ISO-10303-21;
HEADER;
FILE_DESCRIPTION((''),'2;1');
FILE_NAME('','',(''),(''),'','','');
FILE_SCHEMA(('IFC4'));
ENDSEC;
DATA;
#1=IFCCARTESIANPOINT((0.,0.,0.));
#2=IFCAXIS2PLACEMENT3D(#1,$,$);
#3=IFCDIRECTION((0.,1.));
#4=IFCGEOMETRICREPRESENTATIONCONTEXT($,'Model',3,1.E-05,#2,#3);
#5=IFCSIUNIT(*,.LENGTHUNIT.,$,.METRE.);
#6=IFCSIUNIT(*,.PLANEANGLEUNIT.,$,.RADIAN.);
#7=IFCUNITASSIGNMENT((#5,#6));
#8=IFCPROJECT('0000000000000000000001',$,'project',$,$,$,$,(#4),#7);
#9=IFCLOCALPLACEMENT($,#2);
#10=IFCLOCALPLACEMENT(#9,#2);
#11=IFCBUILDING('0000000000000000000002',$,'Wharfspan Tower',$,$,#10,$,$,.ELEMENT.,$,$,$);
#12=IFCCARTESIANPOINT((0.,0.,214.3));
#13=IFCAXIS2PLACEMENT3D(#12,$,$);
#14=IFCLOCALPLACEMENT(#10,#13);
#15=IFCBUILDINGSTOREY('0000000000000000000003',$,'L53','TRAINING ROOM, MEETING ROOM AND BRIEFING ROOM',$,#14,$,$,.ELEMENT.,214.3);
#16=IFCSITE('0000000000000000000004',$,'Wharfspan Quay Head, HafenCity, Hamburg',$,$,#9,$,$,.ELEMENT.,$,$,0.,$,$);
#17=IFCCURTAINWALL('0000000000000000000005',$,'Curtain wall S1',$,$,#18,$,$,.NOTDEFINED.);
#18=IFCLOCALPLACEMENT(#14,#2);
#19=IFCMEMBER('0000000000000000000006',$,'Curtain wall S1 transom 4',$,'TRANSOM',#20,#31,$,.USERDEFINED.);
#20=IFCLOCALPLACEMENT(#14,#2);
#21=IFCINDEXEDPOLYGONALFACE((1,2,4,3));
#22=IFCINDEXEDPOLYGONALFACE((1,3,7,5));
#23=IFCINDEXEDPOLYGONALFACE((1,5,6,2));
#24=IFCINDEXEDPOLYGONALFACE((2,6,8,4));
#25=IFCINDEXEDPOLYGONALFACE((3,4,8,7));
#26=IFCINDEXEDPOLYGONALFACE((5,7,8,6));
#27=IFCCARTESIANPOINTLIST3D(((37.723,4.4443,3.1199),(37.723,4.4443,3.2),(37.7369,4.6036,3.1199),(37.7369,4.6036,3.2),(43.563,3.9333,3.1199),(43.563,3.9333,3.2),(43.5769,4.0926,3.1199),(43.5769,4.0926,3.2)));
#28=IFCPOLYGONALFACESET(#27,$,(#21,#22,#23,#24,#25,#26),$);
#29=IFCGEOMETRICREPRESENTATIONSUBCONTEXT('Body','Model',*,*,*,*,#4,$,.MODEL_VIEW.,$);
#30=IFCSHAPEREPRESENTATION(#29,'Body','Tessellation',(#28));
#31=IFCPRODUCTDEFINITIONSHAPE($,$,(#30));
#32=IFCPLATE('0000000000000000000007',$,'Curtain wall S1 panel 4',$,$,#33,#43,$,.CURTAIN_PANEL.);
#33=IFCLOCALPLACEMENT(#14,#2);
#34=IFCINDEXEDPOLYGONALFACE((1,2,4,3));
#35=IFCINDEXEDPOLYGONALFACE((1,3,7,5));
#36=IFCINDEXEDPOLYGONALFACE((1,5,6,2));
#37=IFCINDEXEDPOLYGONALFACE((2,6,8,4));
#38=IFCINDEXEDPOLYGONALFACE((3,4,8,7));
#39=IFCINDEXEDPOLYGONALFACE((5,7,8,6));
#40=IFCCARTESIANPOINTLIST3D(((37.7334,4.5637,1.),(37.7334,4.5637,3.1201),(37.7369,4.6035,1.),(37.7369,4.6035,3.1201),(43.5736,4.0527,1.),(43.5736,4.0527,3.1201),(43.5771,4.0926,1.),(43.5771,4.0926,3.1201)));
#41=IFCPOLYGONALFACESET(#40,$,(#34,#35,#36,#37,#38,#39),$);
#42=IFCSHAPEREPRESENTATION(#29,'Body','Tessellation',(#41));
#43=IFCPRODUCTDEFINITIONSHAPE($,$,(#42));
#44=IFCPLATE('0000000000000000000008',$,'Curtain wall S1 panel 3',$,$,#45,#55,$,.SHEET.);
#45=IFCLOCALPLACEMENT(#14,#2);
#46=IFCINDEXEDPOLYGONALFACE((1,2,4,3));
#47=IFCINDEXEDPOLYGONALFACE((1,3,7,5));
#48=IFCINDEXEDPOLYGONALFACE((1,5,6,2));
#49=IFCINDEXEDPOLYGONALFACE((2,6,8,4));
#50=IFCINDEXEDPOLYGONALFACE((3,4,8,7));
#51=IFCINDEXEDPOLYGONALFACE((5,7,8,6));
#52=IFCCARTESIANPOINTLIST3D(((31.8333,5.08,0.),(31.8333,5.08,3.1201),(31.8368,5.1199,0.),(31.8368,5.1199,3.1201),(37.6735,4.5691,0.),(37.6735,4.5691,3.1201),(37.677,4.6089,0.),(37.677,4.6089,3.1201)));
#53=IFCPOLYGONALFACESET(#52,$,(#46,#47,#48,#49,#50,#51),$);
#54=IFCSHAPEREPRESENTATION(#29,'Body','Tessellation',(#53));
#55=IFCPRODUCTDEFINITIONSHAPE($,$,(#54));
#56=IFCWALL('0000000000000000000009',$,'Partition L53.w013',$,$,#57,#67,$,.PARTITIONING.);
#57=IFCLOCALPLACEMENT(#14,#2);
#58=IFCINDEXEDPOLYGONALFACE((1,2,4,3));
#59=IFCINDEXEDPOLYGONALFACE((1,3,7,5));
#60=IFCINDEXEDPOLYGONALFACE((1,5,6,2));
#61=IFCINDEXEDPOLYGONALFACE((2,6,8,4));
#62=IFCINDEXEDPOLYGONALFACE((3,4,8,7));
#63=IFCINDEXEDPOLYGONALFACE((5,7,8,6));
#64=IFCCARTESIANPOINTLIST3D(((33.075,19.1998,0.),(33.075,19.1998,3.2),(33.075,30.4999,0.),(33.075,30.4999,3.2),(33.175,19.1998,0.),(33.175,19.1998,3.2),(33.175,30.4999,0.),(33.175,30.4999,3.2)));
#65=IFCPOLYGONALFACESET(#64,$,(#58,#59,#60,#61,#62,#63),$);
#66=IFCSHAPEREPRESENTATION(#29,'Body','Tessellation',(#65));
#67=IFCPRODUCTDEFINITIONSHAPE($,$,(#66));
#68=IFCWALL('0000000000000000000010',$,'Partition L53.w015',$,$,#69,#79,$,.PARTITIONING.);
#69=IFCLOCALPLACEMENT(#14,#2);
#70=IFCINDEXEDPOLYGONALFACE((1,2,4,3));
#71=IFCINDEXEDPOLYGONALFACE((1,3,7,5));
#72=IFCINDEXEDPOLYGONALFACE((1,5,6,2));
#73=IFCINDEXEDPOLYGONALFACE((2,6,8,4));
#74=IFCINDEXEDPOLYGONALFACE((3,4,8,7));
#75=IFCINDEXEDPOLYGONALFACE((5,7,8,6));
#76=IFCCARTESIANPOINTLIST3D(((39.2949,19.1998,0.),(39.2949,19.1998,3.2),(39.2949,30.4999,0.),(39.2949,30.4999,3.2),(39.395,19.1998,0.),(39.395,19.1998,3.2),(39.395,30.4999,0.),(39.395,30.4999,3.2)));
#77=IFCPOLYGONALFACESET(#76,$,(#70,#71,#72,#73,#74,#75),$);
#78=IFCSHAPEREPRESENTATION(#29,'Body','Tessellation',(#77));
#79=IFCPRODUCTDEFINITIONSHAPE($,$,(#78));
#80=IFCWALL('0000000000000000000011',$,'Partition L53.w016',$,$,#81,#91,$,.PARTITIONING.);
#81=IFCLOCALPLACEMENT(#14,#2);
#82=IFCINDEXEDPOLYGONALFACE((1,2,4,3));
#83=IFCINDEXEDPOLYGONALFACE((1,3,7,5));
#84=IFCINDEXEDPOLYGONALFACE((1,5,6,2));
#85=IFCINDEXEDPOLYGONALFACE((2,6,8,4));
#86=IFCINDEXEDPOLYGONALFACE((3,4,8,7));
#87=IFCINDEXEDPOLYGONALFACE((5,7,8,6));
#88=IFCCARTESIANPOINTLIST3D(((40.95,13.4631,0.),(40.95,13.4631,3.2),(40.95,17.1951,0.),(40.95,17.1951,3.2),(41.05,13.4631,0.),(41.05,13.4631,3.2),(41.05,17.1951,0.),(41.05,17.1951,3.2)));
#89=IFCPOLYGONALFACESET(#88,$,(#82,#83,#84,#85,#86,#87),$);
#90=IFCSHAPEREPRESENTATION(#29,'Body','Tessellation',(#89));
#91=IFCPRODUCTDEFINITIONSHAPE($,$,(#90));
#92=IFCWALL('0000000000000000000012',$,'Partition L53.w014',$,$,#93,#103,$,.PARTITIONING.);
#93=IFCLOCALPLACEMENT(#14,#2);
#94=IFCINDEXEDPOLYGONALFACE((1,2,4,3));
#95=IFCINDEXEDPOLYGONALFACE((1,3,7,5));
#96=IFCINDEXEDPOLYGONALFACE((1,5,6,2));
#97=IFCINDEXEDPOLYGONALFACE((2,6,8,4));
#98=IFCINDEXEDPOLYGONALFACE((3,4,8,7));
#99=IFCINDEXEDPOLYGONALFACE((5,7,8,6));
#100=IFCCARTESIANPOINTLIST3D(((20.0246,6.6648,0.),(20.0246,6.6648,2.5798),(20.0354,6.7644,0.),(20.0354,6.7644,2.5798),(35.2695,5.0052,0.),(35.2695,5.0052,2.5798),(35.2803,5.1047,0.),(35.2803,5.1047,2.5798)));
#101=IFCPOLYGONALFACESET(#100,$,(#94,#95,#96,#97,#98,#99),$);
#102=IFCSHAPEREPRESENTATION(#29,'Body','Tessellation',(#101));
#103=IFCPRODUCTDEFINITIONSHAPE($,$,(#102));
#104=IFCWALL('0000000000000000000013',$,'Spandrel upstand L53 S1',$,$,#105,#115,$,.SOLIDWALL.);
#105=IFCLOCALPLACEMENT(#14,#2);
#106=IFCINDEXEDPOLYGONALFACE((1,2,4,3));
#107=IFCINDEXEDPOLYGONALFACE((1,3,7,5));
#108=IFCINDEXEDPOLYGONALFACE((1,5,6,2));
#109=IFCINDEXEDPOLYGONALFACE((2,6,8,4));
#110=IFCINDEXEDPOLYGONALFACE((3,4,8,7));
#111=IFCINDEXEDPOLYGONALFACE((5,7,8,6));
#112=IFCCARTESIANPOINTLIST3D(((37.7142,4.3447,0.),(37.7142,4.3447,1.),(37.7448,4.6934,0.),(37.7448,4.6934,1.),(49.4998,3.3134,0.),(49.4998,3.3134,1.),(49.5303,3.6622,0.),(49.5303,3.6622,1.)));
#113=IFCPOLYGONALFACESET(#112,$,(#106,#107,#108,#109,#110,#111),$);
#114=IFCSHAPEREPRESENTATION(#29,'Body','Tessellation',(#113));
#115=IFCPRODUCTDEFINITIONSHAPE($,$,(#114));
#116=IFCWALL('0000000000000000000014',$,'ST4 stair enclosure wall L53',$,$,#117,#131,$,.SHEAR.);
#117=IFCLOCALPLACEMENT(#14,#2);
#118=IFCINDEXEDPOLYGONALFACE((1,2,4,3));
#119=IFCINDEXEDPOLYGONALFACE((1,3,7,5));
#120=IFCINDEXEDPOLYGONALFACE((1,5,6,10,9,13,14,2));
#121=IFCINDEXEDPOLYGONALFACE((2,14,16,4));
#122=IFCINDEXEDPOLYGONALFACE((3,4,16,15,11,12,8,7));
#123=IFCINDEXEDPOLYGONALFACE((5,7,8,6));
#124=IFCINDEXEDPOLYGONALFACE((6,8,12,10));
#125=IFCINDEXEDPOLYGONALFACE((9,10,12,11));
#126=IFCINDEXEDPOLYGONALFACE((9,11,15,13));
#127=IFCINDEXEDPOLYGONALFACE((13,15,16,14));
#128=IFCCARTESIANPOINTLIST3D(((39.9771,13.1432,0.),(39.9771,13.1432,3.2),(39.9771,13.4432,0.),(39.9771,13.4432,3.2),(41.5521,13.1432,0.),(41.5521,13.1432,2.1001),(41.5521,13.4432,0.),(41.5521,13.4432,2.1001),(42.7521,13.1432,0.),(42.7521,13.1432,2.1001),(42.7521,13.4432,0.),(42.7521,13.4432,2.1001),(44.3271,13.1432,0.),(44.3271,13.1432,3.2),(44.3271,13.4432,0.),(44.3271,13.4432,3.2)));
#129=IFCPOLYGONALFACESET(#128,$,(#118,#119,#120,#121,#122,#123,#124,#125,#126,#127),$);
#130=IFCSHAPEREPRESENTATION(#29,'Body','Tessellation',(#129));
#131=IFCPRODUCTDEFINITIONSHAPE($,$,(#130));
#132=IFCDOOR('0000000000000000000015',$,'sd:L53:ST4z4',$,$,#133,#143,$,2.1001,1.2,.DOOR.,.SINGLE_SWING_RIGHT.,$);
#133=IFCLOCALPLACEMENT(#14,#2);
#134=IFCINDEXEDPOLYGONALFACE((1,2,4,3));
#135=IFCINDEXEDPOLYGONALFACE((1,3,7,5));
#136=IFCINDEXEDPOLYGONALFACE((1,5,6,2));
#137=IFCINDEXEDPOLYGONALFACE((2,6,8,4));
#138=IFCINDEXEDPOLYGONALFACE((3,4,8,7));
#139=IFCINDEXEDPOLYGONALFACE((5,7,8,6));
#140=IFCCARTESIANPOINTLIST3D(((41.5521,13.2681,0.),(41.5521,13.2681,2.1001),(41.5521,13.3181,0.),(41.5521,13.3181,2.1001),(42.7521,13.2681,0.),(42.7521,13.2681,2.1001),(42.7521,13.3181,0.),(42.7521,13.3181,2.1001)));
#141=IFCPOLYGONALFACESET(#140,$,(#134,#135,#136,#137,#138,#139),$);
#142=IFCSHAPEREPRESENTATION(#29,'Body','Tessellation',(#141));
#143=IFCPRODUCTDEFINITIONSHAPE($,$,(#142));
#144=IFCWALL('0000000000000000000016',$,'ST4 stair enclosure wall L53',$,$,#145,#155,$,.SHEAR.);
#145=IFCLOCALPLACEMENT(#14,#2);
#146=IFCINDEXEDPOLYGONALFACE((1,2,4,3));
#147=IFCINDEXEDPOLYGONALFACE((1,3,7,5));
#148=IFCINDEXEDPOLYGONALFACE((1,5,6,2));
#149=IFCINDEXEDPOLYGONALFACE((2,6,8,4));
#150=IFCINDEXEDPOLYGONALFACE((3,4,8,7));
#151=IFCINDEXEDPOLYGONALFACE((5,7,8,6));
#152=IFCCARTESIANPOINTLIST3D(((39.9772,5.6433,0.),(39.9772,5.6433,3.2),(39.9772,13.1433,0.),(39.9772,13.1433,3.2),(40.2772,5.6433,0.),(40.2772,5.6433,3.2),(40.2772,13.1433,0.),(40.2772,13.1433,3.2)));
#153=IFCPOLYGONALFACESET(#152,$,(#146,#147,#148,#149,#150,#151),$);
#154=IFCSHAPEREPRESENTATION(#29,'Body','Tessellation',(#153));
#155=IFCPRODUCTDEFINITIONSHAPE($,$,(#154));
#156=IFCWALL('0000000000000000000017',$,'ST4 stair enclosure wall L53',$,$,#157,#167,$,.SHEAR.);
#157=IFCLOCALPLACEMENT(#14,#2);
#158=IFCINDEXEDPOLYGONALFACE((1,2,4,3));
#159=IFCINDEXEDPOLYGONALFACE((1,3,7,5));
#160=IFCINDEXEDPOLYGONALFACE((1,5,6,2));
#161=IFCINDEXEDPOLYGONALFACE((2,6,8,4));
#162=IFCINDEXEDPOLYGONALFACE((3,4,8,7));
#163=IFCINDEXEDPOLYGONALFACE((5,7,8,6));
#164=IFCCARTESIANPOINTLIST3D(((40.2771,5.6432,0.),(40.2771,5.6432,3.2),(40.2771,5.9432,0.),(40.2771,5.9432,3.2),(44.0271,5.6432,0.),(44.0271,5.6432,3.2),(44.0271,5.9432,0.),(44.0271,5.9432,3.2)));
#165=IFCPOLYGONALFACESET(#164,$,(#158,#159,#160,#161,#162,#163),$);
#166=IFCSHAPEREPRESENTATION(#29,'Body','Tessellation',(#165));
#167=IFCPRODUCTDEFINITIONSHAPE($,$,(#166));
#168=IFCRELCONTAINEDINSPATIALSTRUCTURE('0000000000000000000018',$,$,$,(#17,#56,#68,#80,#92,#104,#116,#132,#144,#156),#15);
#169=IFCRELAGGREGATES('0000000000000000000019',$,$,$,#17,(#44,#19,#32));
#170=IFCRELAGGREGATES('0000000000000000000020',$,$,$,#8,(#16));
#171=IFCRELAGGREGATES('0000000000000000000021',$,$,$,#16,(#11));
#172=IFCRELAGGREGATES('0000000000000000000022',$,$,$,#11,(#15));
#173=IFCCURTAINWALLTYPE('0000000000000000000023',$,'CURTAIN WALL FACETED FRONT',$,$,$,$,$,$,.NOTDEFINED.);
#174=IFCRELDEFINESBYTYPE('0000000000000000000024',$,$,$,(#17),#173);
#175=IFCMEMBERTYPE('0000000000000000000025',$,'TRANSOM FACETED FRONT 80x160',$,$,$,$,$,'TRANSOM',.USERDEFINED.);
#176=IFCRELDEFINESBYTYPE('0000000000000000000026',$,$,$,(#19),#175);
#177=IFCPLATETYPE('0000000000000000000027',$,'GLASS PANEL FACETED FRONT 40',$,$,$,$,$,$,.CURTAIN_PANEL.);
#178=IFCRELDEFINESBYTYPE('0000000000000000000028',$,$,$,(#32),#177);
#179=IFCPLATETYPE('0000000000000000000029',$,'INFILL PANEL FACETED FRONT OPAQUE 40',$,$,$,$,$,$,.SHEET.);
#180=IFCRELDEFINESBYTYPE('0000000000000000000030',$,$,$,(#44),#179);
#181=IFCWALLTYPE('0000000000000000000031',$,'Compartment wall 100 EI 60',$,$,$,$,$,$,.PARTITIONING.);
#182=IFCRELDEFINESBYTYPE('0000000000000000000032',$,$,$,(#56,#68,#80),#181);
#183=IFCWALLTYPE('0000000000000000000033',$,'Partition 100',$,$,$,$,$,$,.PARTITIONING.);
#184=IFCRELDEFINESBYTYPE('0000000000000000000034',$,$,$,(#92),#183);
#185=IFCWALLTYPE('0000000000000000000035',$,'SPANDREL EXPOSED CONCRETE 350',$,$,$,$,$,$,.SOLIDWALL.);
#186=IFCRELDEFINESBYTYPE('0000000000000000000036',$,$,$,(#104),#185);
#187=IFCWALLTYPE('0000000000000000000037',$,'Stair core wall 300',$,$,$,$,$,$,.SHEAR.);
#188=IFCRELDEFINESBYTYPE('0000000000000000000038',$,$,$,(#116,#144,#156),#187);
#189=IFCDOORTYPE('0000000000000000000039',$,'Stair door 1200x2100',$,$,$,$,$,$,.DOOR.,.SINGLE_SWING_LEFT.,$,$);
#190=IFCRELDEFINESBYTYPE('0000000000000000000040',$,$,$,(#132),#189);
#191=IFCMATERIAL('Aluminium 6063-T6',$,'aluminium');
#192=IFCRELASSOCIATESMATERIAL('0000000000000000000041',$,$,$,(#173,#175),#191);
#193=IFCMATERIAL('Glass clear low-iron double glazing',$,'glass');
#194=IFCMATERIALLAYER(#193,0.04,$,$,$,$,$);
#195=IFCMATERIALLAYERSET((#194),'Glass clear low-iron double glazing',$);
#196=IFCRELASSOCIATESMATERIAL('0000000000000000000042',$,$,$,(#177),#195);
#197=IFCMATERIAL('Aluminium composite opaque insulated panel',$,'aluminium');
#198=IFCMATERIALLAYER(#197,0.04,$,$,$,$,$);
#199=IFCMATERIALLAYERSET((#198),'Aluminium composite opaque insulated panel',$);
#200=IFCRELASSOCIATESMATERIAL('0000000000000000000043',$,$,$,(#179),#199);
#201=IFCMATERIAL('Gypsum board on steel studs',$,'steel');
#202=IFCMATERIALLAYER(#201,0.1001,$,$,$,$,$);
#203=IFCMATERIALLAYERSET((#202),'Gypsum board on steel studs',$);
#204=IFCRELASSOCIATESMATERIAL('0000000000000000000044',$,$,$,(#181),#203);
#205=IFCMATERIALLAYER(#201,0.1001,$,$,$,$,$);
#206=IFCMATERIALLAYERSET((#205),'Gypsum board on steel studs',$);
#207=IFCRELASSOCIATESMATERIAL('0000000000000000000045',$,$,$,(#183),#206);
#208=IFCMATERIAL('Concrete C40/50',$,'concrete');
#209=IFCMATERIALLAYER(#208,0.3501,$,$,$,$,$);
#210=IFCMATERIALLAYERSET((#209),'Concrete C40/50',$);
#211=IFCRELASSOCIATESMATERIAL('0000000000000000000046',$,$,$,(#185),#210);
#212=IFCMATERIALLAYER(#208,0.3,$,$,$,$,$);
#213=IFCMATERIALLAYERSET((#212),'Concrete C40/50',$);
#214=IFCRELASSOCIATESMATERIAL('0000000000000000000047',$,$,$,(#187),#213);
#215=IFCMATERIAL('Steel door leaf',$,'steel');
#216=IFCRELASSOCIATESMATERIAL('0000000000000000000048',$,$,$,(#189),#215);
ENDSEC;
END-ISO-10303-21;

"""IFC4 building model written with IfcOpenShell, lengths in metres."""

from ifc_helpers import new_model, si_unit, direction, frame, frame_2d, origin, origin_2d, place, context, subcontext, project, spatial, rectangle, extrude, material, layer, layer_set, material_profile, profile_set, type_object, element, fill, aggregate, save


model = new_model("IFC4")

# Units and contexts
model_context = context("Model", 3, precision=1e-05, world=origin(), true_north=direction((0.0, 1.0)))
body_context = subcontext(model_context, "Body", "Model", "MODEL_VIEW")
ifc_project = project(units=[si_unit("LENGTHUNIT", "METRE"), si_unit("PLANEANGLEUNIT", "RADIAN")], contexts=[model_context])

# Site, building, storey
site_placement = place(None, origin())
site = spatial("IfcSite", under=ifc_project, at=site_placement, Name="Wharfspan Quay Head, HafenCity, Hamburg", CompositionType="ELEMENT", RefElevation=0.0)
building_placement = place(site_placement, origin())
building = spatial("IfcBuilding", under=site, at=building_placement, Name="Wharfspan Tower", CompositionType="ELEMENT")
storey_placement = place(building_placement, frame((0.0, 0.0, 214.3)))
storey = spatial("IfcBuildingStorey", under=building, at=storey_placement, Name="L53", Description="TRAINING ROOM, MEETING ROOM AND BRIEFING ROOM", CompositionType="ELEMENT", Elevation=214.3)

# Curtain wall, member, plates
ifc_material_1 = material(Name="Aluminium 6063-T6", Category="aluminium")
curtain_wall_type = type_object("IfcCurtainWallType", Name="CURTAIN WALL FACETED FRONT", PredefinedType="NOTDEFINED", material=ifc_material_1)
curtain_wall_placement = place(storey_placement, origin())
curtain_wall = element("IfcCurtainWall", 1, at=curtain_wall_placement, inside=storey, type_object=curtain_wall_type, Name="Curtain wall S1", PredefinedType="NOTDEFINED")
ifc_material_profile_1 = material_profile(ifc_material_1, rectangle(XDim=0.1599, YDim=0.0801, at=origin_2d()))
ifc_profile_set_1 = profile_set([ifc_material_profile_1], Name="Aluminium 6063-T6")
member_type_1 = type_object("IfcMemberType", Name="TRANSOM FACETED FRONT 80x160", ElementType="TRANSOM", PredefinedType="USERDEFINED", material=ifc_profile_set_1)
member_1_placement = place(storey_placement, frame((37.73, 4.5239, 3.1599), z_axis=(0.996194, -0.087163, 0.0), x_axis=(0.087163, 0.996194, 0.0)))
member_1 = element("IfcMember", 2, at=member_1_placement, type_object=member_type_1, Name="Curtain wall S1 transom 4", ObjectType="TRANSOM", PredefinedType="USERDEFINED", context=body_context, shape_type="SweptSolid", body=[
    extrude(rectangle(XDim=0.1599, YDim=0.0801, at=origin_2d()), origin(), (0.0, 0.0, 1.0), 5.8623),
])
ifc_material_2 = material(Name="Glass clear low-iron double glazing", Category="glass")
ifc_layer_1 = layer(ifc_material_2, 0.04)
ifc_layer_set_1 = layer_set([ifc_layer_1], Name="Glass clear low-iron double glazing")
plate_type_1 = type_object("IfcPlateType", Name="GLASS PANEL FACETED FRONT 40", PredefinedType="CURTAIN_PANEL", material=ifc_layer_set_1)
plate_1_placement = place(storey_placement, frame((40.6553, 4.3281, 1.0), z_axis=(0.0, 0.0, 1.0), x_axis=(0.996197, -0.087156, 0.0)))
plate_1 = element("IfcPlate", 3, at=plate_1_placement, type_object=plate_type_1, Name="Curtain wall S1 panel 4", PredefinedType="CURTAIN_PANEL", context=body_context, shape_type="SweptSolid", body=[
    extrude(rectangle(XDim=5.8625, YDim=0.04, at=origin_2d()), origin(), (0.0, 0.0, 1.0), 2.1201),
])
ifc_material_3 = material(Name="Aluminium composite opaque insulated panel", Category="aluminium")
ifc_layer_2 = layer(ifc_material_3, 0.04)
ifc_layer_set_2 = layer_set([ifc_layer_2], Name="Aluminium composite opaque insulated panel")
plate_type_2 = type_object("IfcPlateType", Name="INFILL PANEL FACETED FRONT OPAQUE 40", PredefinedType="SHEET", material=ifc_layer_set_2)
plate_2_placement = place(storey_placement, frame((34.7551, 4.8445, 0.0), z_axis=(0.0, 0.0, 1.0), x_axis=(0.996197, -0.087156, 0.0)))
plate_2 = element("IfcPlate", 4, at=plate_2_placement, type_object=plate_type_2, Name="Curtain wall S1 panel 3", PredefinedType="SHEET", context=body_context, shape_type="SweptSolid", body=[
    extrude(rectangle(XDim=5.8625, YDim=0.04, at=origin_2d()), origin(), (0.0, 0.0, 1.0), 3.1201),
])
aggregate(curtain_wall, [plate_2, member_1, plate_1])

# Walls
ifc_material_4 = material(Name="Gypsum board on steel studs", Category="steel")
ifc_layer_3 = layer(ifc_material_4, 0.1001)
ifc_layer_set_3 = layer_set([ifc_layer_3], Name="Gypsum board on steel studs")
wall_type_1 = type_object("IfcWallType", Name="Compartment wall 100 EI 60", PredefinedType="PARTITIONING", material=ifc_layer_set_3)
for number, where, z_axis, x_axis, name in (
    (5, (33.125, 19.2, 0.0), (0.0, 0.0, 1.0), (0.0, 1.0, 0.0), "Partition L53.w013"),
    (6, (39.345, 19.2, 0.0), (0.0, 0.0, 1.0), (0.0, 1.0, 0.0), "Partition L53.w015"),
):
    element("IfcWall", number, at=place(storey_placement, frame(where, z_axis=z_axis, x_axis=x_axis)), inside=storey, type_object=wall_type_1, Name=name, PredefinedType="PARTITIONING", context=body_context, shape_type="SweptSolid", body=[
        extrude(rectangle(XDim=11.3, YDim=0.1001, at=frame_2d((5.6499, 0.0))), origin(), (0.0, 0.0, 1.0), 3.2),
    ])
wall_1_placement = place(storey_placement, frame((41.0, 13.4631, 0.0), z_axis=(0.0, 0.0, 1.0), x_axis=(0.0, 1.0, 0.0)))
element("IfcWall", 7, at=wall_1_placement, inside=storey, type_object=wall_type_1, Name="Partition L53.w016", PredefinedType="PARTITIONING", context=body_context, shape_type="SweptSolid", body=[
    extrude(rectangle(XDim=3.7319, YDim=0.1001, at=frame_2d((1.866, 0.0))), origin(), (0.0, 0.0, 1.0), 3.2),
])
ifc_layer_4 = layer(ifc_material_4, 0.1001)
ifc_layer_set_4 = layer_set([ifc_layer_4], Name="Gypsum board on steel studs")
wall_type_2 = type_object("IfcWallType", Name="Partition 100", PredefinedType="PARTITIONING", material=ifc_layer_set_4)
wall_2_placement = place(storey_placement, frame((35.2749, 5.0549, 0.0), z_axis=(0.0, 0.0, 1.0), x_axis=(-0.994128, 0.108228, 0.0)))
element("IfcWall", 8, at=wall_2_placement, inside=storey, type_object=wall_type_2, Name="Partition L53.w014", PredefinedType="PARTITIONING", context=body_context, shape_type="SweptSolid", body=[
    extrude(rectangle(XDim=15.335, YDim=0.1001, at=frame_2d((7.6675, 0.0))), origin(), (0.0, 0.0, 1.0), 2.5798),
])
ifc_material_5 = material(Name="Concrete C40/50", Category="concrete")
ifc_layer_5 = layer(ifc_material_5, 0.3501)
ifc_layer_set_5 = layer_set([ifc_layer_5], Name="Concrete C40/50")
wall_type_3 = type_object("IfcWallType", Name="SPANDREL EXPOSED CONCRETE 350", PredefinedType="SOLIDWALL", material=ifc_layer_set_5)
wall_3_placement = place(storey_placement, frame((37.7295, 4.519, 0.0), z_axis=(0.0, 0.0, 1.0), x_axis=(0.99619, -0.087167, 0.0)))
element("IfcWall", 9, at=wall_3_placement, inside=storey, type_object=wall_type_3, Name="Spandrel upstand L53 S1", PredefinedType="SOLIDWALL", context=body_context, shape_type="SweptSolid", body=[
    extrude(rectangle(XDim=11.8306, YDim=0.3501, at=frame_2d((5.9153, 0.0))), origin(), (0.0, 0.0, 1.0), 1.0),
])

# Wall, opening, door
ifc_layer_6 = layer(ifc_material_5, 0.3)
ifc_layer_set_6 = layer_set([ifc_layer_6], Name="Concrete C40/50")
wall_type_4 = type_object("IfcWallType", Name="Stair core wall 300", PredefinedType="SHEAR", material=ifc_layer_set_6)
wall_4_placement = place(storey_placement, frame((39.9771, 13.2932, 0.0), z_axis=(0.0, 0.0, 1.0), x_axis=(1.0, 0.0, 0.0)))
wall_4 = element("IfcWall", 10, at=wall_4_placement, inside=storey, type_object=wall_type_4, Name="ST4 stair enclosure wall L53", PredefinedType="SHEAR", context=body_context, shape_type="SweptSolid", body=[
    extrude(rectangle(XDim=4.3501, YDim=0.3, at=frame_2d((2.175, 0.0))), origin(), (0.0, 0.0, 1.0), 3.2),
])
opening_placement = place(wall_4_placement, frame((1.575, 0.0, 0.0)))
opening = element("IfcOpeningElement", 11, at=opening_placement, cuts=wall_4, PredefinedType="OPENING", context=body_context, shape_type="SweptSolid", body=[
    extrude(rectangle(XDim=1.2, YDim=2.1001, at=frame_2d((0.6001, 1.05))), frame((0.0, 0.1599, 0.0), z_axis=(0.0, -1.0, 0.0), x_axis=(1.0, 0.0, 0.0)), (0.0, 0.0, 1.0), 0.3201),
])
ifc_material_6 = material(Name="Steel door leaf", Category="steel")
door_type = type_object("IfcDoorType", Name="Stair door 1200x2100", OperationType="SINGLE_SWING_LEFT", PredefinedType="DOOR", material=ifc_material_6)
door_placement = place(opening_placement, origin())
door = element("IfcDoor", 12, at=door_placement, inside=storey, type_object=door_type, Name="sd:L53:ST4z4", OperationType="SINGLE_SWING_RIGHT", OverallHeight=2.1001, OverallWidth=1.2, PredefinedType="DOOR", context=body_context, shape_type="SweptSolid", body=[
    extrude(rectangle(XDim=1.2, YDim=2.1001, at=frame_2d((0.6001, 1.05))), frame((0.0, 0.0249, 0.0), z_axis=(0.0, -1.0, 0.0), x_axis=(1.0, 0.0, 0.0)), (0.0, 0.0, 1.0), 0.05),
])
fill(opening, door)

# Walls
wall_5_placement = place(storey_placement, frame((40.1272, 5.6433, 0.0), z_axis=(0.0, 0.0, 1.0), x_axis=(0.0, 1.0, 0.0)))
element("IfcWall", 13, at=wall_5_placement, inside=storey, type_object=wall_type_4, Name="ST4 stair enclosure wall L53", PredefinedType="SHEAR", context=body_context, shape_type="SweptSolid", body=[
    extrude(rectangle(XDim=7.5, YDim=0.3, at=frame_2d((3.75, 0.0))), origin(), (0.0, 0.0, 1.0), 3.2),
])
wall_6_placement = place(storey_placement, frame((40.2771, 5.7932, 0.0), z_axis=(0.0, 0.0, 1.0), x_axis=(1.0, 0.0, 0.0)))
element("IfcWall", 14, at=wall_6_placement, inside=storey, type_object=wall_type_4, Name="ST4 stair enclosure wall L53", PredefinedType="SHEAR", context=body_context, shape_type="SweptSolid", body=[
    extrude(rectangle(XDim=3.75, YDim=0.3, at=frame_2d((1.875, 0.0))), origin(), (0.0, 0.0, 1.0), 3.2),
])

save(model, "model.ifc")
